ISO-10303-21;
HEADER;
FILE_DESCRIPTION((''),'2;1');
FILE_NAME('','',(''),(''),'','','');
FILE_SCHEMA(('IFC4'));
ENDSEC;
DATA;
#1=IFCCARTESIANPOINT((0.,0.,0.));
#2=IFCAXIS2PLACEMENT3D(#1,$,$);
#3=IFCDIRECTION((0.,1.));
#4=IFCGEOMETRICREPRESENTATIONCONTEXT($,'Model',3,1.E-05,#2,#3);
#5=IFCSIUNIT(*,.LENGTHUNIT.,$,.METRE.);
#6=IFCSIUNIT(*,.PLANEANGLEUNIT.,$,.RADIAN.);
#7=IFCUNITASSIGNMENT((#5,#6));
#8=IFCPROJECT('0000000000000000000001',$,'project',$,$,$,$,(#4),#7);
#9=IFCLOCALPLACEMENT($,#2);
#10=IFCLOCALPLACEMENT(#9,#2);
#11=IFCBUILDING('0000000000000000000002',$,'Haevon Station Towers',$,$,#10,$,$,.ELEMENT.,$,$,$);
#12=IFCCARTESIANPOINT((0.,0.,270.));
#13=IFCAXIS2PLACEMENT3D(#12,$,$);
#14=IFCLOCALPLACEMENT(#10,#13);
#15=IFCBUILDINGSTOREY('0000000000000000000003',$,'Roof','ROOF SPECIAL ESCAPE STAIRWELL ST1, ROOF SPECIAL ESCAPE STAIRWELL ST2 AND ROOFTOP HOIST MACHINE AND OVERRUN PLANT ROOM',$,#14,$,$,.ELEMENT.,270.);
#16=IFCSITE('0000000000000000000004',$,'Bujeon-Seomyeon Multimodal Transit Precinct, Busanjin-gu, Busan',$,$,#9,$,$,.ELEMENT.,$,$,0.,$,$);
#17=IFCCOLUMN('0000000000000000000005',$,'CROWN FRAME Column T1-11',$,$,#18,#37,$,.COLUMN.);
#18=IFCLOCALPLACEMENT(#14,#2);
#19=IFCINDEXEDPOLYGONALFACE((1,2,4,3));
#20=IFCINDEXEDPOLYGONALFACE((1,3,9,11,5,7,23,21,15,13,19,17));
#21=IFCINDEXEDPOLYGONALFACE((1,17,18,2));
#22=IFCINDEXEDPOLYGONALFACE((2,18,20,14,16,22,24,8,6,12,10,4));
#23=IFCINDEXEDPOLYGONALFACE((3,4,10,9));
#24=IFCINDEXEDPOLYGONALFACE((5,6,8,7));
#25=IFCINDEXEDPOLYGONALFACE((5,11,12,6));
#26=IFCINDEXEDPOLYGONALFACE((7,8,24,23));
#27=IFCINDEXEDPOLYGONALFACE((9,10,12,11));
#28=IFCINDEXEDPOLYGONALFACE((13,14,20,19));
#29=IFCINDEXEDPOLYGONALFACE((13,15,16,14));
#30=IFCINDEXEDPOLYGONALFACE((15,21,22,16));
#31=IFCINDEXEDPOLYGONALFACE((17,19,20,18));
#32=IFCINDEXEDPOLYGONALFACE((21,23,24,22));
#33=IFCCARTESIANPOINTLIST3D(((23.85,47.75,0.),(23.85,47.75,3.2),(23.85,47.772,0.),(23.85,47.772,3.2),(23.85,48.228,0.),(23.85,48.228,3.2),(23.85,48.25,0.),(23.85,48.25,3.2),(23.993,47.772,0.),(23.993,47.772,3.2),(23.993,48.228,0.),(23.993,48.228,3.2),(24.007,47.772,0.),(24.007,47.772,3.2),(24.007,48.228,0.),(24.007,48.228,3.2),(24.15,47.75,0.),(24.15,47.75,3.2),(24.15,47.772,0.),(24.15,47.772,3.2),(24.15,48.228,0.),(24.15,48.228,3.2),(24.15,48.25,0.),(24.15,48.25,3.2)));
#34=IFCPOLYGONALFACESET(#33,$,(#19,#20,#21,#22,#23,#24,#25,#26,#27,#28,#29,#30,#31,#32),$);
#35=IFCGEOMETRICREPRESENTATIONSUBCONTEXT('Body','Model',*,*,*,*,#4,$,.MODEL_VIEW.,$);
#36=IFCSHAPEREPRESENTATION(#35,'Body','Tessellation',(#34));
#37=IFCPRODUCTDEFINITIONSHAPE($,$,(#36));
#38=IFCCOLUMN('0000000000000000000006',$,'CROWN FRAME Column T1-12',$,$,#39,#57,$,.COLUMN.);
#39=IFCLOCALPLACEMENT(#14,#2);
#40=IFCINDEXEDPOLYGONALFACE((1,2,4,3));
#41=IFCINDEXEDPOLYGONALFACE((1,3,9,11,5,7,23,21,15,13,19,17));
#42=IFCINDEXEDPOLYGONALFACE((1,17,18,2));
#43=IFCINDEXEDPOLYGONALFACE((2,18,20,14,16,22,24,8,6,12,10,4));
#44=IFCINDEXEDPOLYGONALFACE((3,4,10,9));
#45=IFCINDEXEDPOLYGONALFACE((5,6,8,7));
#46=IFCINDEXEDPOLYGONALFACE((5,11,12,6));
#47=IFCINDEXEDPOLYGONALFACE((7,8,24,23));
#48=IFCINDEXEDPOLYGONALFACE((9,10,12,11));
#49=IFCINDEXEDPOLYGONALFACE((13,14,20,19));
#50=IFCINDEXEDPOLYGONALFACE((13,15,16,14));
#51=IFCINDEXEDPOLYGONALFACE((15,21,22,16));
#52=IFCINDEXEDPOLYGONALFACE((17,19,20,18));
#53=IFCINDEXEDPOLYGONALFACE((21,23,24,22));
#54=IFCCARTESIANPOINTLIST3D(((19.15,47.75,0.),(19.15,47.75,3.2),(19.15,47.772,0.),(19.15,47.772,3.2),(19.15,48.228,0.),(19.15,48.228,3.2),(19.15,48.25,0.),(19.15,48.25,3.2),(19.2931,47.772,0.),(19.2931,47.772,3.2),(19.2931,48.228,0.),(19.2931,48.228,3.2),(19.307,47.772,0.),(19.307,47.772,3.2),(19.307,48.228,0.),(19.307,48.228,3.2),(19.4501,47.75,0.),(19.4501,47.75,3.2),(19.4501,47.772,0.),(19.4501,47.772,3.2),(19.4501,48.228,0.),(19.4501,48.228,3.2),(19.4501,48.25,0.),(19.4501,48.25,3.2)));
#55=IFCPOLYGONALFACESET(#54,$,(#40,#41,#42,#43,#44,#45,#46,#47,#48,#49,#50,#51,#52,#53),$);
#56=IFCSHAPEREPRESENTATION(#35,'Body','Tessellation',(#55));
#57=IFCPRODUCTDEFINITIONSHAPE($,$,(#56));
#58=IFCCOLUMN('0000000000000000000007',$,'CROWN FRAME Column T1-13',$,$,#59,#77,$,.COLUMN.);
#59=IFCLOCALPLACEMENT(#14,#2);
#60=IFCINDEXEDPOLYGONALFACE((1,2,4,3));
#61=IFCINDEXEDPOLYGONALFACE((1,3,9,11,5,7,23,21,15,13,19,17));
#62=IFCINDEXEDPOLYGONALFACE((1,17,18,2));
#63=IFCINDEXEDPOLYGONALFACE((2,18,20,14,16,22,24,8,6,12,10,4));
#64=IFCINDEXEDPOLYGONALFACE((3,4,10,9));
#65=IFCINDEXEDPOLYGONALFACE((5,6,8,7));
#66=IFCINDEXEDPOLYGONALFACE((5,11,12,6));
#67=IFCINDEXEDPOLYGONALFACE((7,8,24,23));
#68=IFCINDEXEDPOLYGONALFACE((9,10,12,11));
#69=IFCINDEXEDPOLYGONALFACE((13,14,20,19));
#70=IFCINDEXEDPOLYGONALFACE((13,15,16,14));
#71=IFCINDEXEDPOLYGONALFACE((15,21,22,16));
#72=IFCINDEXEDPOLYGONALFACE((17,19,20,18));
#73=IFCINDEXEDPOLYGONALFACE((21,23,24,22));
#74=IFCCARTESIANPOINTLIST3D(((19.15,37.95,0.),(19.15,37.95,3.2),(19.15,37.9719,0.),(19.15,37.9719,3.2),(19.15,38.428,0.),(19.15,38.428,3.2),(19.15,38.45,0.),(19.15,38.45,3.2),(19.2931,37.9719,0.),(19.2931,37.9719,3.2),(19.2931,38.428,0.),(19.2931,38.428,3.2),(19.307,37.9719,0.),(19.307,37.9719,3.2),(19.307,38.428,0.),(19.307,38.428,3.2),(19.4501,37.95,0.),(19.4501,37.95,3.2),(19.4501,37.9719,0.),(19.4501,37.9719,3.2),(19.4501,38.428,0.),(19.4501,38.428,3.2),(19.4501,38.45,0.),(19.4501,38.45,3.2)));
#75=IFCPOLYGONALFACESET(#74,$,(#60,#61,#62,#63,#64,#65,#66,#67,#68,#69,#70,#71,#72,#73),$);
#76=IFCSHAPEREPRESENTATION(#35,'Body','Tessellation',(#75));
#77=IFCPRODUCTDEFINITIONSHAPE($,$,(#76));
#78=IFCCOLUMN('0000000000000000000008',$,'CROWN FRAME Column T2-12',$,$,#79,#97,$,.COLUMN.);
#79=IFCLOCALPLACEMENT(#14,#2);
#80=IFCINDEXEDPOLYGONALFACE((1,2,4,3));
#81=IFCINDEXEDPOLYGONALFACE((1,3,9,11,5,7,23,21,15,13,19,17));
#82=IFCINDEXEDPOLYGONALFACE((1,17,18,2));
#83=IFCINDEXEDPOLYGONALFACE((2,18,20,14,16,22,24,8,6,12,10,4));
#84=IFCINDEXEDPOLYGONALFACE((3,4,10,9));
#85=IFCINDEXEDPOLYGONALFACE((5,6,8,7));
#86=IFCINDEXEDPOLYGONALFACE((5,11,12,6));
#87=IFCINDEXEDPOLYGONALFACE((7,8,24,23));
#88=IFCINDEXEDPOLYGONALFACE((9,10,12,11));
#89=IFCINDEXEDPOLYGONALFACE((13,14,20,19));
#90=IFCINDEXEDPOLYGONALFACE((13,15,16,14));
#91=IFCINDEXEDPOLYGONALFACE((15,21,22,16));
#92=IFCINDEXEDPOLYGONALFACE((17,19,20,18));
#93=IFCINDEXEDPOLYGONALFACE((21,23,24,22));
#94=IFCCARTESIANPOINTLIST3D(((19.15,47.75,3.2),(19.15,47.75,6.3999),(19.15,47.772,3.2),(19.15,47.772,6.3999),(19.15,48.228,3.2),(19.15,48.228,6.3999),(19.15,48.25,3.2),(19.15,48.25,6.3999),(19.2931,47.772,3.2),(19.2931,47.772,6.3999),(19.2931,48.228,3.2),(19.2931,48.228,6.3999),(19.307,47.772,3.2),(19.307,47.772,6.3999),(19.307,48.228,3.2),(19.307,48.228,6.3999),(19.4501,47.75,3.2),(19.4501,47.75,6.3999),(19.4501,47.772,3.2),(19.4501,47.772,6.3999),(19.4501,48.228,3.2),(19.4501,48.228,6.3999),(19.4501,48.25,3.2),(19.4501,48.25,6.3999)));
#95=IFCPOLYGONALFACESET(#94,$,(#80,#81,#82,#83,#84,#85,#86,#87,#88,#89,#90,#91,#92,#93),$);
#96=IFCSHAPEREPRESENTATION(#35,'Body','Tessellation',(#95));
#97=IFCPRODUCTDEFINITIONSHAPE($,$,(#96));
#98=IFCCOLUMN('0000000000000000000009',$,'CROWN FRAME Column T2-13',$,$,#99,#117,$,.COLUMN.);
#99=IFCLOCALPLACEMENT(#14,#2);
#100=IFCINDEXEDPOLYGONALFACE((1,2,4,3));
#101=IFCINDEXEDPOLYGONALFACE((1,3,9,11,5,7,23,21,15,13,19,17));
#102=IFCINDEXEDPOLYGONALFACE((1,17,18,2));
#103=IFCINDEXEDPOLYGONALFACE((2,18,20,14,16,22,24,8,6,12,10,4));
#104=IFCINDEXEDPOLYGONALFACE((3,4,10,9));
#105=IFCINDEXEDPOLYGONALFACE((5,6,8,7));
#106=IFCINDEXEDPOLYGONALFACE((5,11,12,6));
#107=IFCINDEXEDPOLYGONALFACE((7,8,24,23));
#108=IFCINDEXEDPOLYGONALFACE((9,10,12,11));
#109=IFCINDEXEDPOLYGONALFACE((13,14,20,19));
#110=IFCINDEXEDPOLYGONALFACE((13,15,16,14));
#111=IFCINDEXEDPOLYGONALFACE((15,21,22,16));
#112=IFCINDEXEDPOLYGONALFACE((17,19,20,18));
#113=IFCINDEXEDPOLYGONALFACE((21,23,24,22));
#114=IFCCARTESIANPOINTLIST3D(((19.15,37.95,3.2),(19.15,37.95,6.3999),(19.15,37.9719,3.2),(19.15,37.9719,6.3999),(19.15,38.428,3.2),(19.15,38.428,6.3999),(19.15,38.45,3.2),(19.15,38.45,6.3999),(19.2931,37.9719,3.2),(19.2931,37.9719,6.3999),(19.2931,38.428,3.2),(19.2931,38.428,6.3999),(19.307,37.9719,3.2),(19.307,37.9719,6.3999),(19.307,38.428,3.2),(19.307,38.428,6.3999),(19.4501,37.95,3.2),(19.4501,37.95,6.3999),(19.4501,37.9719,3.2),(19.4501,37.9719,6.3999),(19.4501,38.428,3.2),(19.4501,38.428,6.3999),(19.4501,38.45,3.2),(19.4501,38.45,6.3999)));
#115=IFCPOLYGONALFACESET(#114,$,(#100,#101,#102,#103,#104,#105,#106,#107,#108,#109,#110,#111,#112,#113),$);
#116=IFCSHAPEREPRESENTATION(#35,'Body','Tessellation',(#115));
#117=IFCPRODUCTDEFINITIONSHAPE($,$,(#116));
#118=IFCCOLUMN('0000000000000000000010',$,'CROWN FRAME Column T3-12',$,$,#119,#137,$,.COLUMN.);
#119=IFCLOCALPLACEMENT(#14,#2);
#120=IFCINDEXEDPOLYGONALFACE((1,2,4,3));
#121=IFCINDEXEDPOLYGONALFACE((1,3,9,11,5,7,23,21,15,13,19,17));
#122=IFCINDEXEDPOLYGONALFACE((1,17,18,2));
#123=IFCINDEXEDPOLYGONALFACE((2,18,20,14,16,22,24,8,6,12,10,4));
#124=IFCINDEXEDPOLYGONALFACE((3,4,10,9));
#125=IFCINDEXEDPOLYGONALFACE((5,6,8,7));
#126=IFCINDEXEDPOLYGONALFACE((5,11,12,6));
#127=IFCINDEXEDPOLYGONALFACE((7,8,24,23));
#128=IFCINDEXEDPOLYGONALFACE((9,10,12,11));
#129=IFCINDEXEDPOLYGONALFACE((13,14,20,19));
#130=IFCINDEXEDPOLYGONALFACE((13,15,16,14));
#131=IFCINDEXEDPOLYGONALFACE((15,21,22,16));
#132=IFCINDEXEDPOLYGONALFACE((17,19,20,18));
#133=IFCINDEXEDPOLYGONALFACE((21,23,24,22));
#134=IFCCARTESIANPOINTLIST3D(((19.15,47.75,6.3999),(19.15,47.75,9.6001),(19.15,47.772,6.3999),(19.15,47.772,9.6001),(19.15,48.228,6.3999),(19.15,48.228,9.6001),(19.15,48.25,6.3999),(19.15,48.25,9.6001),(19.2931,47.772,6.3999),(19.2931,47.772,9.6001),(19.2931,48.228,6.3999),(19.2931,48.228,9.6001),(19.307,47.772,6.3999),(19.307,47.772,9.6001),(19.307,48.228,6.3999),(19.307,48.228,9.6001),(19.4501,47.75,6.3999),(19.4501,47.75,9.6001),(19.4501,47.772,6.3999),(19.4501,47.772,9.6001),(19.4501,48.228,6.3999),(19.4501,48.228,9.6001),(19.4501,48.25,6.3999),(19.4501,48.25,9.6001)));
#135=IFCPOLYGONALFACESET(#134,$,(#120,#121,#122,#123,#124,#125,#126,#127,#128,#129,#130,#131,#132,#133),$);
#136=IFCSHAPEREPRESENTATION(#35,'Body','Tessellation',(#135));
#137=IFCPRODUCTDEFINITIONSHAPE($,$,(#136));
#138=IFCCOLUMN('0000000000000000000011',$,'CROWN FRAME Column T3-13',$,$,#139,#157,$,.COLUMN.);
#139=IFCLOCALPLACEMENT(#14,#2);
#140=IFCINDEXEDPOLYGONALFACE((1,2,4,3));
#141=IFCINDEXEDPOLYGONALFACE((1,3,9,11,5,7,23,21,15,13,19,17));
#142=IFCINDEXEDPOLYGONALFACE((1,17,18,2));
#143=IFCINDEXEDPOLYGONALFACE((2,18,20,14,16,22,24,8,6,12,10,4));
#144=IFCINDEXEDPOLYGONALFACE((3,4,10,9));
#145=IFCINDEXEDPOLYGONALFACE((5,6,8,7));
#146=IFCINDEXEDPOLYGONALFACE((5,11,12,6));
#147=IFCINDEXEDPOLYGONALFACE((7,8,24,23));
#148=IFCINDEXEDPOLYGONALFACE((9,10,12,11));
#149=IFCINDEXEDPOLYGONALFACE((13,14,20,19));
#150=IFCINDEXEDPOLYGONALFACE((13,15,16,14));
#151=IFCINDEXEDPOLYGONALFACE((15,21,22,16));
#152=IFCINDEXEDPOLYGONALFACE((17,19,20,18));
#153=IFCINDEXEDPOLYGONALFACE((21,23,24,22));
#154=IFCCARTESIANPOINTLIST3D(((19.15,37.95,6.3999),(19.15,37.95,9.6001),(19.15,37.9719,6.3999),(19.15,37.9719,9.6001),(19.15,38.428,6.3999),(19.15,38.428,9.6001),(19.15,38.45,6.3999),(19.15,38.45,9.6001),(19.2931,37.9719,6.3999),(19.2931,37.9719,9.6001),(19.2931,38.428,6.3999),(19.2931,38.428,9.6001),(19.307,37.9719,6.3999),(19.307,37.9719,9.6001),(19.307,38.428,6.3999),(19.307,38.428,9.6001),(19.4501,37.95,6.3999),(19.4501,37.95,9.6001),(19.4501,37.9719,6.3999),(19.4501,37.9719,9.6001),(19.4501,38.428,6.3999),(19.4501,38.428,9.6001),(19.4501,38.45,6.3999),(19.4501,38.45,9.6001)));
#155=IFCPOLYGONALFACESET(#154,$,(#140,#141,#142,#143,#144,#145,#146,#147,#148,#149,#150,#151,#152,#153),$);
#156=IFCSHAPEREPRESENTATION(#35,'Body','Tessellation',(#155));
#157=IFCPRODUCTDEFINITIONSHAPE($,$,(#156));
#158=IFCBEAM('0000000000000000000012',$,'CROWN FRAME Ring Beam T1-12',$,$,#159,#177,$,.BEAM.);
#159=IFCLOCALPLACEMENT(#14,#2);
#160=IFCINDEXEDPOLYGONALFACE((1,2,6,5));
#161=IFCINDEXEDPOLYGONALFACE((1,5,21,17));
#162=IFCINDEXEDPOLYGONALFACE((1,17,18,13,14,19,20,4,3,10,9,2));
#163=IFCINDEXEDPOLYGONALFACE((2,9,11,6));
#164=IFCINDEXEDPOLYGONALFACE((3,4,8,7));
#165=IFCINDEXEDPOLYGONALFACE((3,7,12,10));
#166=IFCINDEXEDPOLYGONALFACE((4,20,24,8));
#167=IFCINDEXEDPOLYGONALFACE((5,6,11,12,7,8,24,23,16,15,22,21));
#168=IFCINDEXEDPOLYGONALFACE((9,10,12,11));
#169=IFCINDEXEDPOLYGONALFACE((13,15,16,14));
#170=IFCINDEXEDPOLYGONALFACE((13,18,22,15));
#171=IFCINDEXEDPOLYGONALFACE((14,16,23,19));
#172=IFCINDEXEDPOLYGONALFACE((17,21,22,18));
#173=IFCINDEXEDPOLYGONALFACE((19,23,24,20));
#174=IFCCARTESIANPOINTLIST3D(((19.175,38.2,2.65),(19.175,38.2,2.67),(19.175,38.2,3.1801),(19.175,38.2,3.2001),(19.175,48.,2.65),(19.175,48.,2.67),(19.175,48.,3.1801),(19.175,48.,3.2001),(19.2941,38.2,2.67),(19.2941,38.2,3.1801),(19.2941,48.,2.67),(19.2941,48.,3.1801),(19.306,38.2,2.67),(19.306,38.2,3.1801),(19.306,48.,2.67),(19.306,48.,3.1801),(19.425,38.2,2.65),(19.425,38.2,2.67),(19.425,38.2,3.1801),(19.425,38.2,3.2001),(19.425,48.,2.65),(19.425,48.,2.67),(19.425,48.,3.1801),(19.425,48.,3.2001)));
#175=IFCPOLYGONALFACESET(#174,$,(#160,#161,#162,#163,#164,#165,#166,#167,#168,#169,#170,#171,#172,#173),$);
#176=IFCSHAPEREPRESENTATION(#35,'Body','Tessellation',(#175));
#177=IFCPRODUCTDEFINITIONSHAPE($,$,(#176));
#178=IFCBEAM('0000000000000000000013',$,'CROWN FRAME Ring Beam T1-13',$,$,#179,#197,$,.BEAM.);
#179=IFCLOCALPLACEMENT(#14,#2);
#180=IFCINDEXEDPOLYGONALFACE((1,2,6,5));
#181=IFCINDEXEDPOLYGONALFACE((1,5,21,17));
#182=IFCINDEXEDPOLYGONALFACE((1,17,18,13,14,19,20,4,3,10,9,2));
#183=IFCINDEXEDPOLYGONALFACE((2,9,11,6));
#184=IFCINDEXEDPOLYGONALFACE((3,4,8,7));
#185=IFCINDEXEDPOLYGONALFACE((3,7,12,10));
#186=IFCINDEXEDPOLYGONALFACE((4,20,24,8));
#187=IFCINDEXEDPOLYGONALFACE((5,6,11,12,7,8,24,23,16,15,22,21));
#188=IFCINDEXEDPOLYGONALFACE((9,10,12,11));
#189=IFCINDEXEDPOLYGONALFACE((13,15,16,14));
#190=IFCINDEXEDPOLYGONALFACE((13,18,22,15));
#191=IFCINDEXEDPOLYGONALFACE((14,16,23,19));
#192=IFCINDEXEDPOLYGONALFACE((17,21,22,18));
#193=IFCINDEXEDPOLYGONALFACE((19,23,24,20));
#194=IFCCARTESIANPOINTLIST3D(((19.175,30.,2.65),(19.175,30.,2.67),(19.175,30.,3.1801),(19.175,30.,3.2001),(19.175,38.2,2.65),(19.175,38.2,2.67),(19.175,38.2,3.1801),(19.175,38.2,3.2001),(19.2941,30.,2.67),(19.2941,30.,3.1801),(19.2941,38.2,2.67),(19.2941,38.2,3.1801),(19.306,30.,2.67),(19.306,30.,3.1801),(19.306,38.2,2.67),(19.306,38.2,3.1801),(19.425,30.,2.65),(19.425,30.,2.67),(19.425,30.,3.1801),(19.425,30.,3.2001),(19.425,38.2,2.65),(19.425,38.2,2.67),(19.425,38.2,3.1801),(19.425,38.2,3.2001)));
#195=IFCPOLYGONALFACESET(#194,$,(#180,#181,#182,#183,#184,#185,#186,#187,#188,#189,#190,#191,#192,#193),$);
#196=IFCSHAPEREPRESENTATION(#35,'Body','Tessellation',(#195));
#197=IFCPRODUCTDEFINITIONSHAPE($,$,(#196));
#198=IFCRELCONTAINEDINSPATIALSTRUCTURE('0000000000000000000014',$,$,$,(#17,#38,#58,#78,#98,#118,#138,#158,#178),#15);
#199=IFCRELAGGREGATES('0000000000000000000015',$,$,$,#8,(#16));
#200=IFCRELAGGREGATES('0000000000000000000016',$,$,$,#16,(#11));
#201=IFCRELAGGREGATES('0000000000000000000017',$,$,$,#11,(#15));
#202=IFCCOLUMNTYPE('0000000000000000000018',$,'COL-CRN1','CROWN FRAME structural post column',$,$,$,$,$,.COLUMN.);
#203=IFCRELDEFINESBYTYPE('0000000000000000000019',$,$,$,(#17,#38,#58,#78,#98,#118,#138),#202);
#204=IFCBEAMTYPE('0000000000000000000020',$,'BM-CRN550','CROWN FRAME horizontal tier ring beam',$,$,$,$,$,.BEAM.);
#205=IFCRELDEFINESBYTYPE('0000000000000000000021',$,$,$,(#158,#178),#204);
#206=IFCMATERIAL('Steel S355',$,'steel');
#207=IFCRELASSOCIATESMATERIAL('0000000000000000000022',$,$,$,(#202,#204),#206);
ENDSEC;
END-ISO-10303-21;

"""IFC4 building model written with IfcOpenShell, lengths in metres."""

from ifc_helpers import new_model, si_unit, direction, frame, origin, origin_2d, place, context, subcontext, project, spatial, i_section, extrude, material, material_profile, profile_set, type_object, element, save


model = new_model("IFC4")

# Units and contexts
model_context = context("Model", 3, precision=1e-05, world=origin(), true_north=direction((0.0, 1.0)))
body_context = subcontext(model_context, "Body", "Model", "MODEL_VIEW")
ifc_project = project(units=[si_unit("LENGTHUNIT", "METRE"), si_unit("PLANEANGLEUNIT", "RADIAN")], contexts=[model_context])

# Site, building, storey
site_placement = place(None, origin())
site = spatial("IfcSite", under=ifc_project, at=site_placement, Name="Bujeon-Seomyeon Multimodal Transit Precinct, Busanjin-gu, Busan", CompositionType="ELEMENT", RefElevation=0.0)
building_placement = place(site_placement, origin())
building = spatial("IfcBuilding", under=site, at=building_placement, Name="Haevon Station Towers", CompositionType="ELEMENT")
storey_placement = place(building_placement, frame((0.0, 0.0, 270.0)))
storey = spatial("IfcBuildingStorey", under=building, at=storey_placement, Name="Roof", Description="ROOF SPECIAL ESCAPE STAIRWELL ST1, ROOF SPECIAL ESCAPE STAIRWELL ST2 AND ROOFTOP HOIST MACHINE AND OVERRUN PLANT ROOM", CompositionType="ELEMENT", Elevation=270.0)

# Columns
ifc_material_1 = material(Name="Steel S355", Category="steel")
ifc_material_profile_1 = material_profile(ifc_material_1, i_section(OverallWidth=0.3, OverallDepth=0.5, WebThickness=0.0139, FlangeThickness=0.022, at=origin_2d()), Name="H-500x300x14x22")
ifc_profile_set_1 = profile_set([ifc_material_profile_1], Name="Steel S355")
column_type = type_object("IfcColumnType", Name="COL-CRN1", Description="CROWN FRAME structural post column", PredefinedType="COLUMN", material=ifc_profile_set_1)
for number, where, z_axis, x_axis, name in (
    (1, (24.0, 48.0, 0.0), (0.0, 0.0, 1.0), (1.0, 0.0, 0.0), "CROWN FRAME Column T1-11"),
    (2, (19.3, 48.0, 0.0), (0.0, 0.0, 1.0), (1.0, 0.0, 0.0), "CROWN FRAME Column T1-12"),
    (3, (19.3, 38.2, 0.0), (0.0, 0.0, 1.0), (1.0, 0.0, 0.0), "CROWN FRAME Column T1-13"),
    (4, (19.3, 48.0, 3.2), (0.0, 0.0, 1.0), (1.0, 0.0, 0.0), "CROWN FRAME Column T2-12"),
    (5, (19.3, 38.2, 3.2), (0.0, 0.0, 1.0), (1.0, 0.0, 0.0), "CROWN FRAME Column T2-13"),
):
    element("IfcColumn", number, at=place(storey_placement, frame(where, z_axis=z_axis, x_axis=x_axis)), inside=storey, type_object=column_type, Name=name, PredefinedType="COLUMN", context=body_context, shape_type="SweptSolid", body=[
        extrude(i_section(OverallWidth=0.3, OverallDepth=0.5, WebThickness=0.0139, FlangeThickness=0.022, at=origin_2d()), origin(), (0.0, 0.0, 1.0), 3.2),
    ])
for number, where, z_axis, x_axis, name in (
    (6, (19.3, 48.0, 6.3999), (0.0, 0.0, 1.0), (1.0, 0.0, 0.0), "CROWN FRAME Column T3-12"),
    (7, (19.3, 38.2, 6.3999), (0.0, 0.0, 1.0), (1.0, 0.0, 0.0), "CROWN FRAME Column T3-13"),
):
    element("IfcColumn", number, at=place(storey_placement, frame(where, z_axis=z_axis, x_axis=x_axis)), inside=storey, type_object=column_type, Name=name, PredefinedType="COLUMN", context=body_context, shape_type="SweptSolid", body=[
        extrude(i_section(OverallWidth=0.3, OverallDepth=0.5, WebThickness=0.0139, FlangeThickness=0.022, at=origin_2d()), origin(), (0.0, 0.0, 1.0), 3.2002),
    ])

# Beams
ifc_material_profile_2 = material_profile(ifc_material_1, i_section(OverallWidth=0.25, OverallDepth=0.55, WebThickness=0.012, FlangeThickness=0.02, at=origin_2d()), Name="H-550x250x12x20")
ifc_profile_set_2 = profile_set([ifc_material_profile_2], Name="Steel S355")
beam_type = type_object("IfcBeamType", Name="BM-CRN550", Description="CROWN FRAME horizontal tier ring beam", PredefinedType="BEAM", material=ifc_profile_set_2)
beam_1_placement = place(storey_placement, frame((19.3, 48.0, 2.925), z_axis=(0.0, -1.0, 0.0), x_axis=(1.0, 0.0, 0.0)))
element("IfcBeam", 8, at=beam_1_placement, inside=storey, type_object=beam_type, Name="CROWN FRAME Ring Beam T1-12", PredefinedType="BEAM", context=body_context, shape_type="SweptSolid", body=[
    extrude(i_section(OverallWidth=0.25, OverallDepth=0.55, WebThickness=0.012, FlangeThickness=0.02, at=origin_2d()), origin(), (0.0, 0.0, 1.0), 9.8),
])
beam_2_placement = place(storey_placement, frame((19.3, 38.2, 2.925), z_axis=(0.0, -1.0, 0.0), x_axis=(1.0, 0.0, 0.0)))
element("IfcBeam", 9, at=beam_2_placement, inside=storey, type_object=beam_type, Name="CROWN FRAME Ring Beam T1-13", PredefinedType="BEAM", context=body_context, shape_type="SweptSolid", body=[
    extrude(i_section(OverallWidth=0.25, OverallDepth=0.55, WebThickness=0.012, FlangeThickness=0.02, at=origin_2d()), origin(), (0.0, 0.0, 1.0), 8.2),
])

save(model, "model.ifc")
